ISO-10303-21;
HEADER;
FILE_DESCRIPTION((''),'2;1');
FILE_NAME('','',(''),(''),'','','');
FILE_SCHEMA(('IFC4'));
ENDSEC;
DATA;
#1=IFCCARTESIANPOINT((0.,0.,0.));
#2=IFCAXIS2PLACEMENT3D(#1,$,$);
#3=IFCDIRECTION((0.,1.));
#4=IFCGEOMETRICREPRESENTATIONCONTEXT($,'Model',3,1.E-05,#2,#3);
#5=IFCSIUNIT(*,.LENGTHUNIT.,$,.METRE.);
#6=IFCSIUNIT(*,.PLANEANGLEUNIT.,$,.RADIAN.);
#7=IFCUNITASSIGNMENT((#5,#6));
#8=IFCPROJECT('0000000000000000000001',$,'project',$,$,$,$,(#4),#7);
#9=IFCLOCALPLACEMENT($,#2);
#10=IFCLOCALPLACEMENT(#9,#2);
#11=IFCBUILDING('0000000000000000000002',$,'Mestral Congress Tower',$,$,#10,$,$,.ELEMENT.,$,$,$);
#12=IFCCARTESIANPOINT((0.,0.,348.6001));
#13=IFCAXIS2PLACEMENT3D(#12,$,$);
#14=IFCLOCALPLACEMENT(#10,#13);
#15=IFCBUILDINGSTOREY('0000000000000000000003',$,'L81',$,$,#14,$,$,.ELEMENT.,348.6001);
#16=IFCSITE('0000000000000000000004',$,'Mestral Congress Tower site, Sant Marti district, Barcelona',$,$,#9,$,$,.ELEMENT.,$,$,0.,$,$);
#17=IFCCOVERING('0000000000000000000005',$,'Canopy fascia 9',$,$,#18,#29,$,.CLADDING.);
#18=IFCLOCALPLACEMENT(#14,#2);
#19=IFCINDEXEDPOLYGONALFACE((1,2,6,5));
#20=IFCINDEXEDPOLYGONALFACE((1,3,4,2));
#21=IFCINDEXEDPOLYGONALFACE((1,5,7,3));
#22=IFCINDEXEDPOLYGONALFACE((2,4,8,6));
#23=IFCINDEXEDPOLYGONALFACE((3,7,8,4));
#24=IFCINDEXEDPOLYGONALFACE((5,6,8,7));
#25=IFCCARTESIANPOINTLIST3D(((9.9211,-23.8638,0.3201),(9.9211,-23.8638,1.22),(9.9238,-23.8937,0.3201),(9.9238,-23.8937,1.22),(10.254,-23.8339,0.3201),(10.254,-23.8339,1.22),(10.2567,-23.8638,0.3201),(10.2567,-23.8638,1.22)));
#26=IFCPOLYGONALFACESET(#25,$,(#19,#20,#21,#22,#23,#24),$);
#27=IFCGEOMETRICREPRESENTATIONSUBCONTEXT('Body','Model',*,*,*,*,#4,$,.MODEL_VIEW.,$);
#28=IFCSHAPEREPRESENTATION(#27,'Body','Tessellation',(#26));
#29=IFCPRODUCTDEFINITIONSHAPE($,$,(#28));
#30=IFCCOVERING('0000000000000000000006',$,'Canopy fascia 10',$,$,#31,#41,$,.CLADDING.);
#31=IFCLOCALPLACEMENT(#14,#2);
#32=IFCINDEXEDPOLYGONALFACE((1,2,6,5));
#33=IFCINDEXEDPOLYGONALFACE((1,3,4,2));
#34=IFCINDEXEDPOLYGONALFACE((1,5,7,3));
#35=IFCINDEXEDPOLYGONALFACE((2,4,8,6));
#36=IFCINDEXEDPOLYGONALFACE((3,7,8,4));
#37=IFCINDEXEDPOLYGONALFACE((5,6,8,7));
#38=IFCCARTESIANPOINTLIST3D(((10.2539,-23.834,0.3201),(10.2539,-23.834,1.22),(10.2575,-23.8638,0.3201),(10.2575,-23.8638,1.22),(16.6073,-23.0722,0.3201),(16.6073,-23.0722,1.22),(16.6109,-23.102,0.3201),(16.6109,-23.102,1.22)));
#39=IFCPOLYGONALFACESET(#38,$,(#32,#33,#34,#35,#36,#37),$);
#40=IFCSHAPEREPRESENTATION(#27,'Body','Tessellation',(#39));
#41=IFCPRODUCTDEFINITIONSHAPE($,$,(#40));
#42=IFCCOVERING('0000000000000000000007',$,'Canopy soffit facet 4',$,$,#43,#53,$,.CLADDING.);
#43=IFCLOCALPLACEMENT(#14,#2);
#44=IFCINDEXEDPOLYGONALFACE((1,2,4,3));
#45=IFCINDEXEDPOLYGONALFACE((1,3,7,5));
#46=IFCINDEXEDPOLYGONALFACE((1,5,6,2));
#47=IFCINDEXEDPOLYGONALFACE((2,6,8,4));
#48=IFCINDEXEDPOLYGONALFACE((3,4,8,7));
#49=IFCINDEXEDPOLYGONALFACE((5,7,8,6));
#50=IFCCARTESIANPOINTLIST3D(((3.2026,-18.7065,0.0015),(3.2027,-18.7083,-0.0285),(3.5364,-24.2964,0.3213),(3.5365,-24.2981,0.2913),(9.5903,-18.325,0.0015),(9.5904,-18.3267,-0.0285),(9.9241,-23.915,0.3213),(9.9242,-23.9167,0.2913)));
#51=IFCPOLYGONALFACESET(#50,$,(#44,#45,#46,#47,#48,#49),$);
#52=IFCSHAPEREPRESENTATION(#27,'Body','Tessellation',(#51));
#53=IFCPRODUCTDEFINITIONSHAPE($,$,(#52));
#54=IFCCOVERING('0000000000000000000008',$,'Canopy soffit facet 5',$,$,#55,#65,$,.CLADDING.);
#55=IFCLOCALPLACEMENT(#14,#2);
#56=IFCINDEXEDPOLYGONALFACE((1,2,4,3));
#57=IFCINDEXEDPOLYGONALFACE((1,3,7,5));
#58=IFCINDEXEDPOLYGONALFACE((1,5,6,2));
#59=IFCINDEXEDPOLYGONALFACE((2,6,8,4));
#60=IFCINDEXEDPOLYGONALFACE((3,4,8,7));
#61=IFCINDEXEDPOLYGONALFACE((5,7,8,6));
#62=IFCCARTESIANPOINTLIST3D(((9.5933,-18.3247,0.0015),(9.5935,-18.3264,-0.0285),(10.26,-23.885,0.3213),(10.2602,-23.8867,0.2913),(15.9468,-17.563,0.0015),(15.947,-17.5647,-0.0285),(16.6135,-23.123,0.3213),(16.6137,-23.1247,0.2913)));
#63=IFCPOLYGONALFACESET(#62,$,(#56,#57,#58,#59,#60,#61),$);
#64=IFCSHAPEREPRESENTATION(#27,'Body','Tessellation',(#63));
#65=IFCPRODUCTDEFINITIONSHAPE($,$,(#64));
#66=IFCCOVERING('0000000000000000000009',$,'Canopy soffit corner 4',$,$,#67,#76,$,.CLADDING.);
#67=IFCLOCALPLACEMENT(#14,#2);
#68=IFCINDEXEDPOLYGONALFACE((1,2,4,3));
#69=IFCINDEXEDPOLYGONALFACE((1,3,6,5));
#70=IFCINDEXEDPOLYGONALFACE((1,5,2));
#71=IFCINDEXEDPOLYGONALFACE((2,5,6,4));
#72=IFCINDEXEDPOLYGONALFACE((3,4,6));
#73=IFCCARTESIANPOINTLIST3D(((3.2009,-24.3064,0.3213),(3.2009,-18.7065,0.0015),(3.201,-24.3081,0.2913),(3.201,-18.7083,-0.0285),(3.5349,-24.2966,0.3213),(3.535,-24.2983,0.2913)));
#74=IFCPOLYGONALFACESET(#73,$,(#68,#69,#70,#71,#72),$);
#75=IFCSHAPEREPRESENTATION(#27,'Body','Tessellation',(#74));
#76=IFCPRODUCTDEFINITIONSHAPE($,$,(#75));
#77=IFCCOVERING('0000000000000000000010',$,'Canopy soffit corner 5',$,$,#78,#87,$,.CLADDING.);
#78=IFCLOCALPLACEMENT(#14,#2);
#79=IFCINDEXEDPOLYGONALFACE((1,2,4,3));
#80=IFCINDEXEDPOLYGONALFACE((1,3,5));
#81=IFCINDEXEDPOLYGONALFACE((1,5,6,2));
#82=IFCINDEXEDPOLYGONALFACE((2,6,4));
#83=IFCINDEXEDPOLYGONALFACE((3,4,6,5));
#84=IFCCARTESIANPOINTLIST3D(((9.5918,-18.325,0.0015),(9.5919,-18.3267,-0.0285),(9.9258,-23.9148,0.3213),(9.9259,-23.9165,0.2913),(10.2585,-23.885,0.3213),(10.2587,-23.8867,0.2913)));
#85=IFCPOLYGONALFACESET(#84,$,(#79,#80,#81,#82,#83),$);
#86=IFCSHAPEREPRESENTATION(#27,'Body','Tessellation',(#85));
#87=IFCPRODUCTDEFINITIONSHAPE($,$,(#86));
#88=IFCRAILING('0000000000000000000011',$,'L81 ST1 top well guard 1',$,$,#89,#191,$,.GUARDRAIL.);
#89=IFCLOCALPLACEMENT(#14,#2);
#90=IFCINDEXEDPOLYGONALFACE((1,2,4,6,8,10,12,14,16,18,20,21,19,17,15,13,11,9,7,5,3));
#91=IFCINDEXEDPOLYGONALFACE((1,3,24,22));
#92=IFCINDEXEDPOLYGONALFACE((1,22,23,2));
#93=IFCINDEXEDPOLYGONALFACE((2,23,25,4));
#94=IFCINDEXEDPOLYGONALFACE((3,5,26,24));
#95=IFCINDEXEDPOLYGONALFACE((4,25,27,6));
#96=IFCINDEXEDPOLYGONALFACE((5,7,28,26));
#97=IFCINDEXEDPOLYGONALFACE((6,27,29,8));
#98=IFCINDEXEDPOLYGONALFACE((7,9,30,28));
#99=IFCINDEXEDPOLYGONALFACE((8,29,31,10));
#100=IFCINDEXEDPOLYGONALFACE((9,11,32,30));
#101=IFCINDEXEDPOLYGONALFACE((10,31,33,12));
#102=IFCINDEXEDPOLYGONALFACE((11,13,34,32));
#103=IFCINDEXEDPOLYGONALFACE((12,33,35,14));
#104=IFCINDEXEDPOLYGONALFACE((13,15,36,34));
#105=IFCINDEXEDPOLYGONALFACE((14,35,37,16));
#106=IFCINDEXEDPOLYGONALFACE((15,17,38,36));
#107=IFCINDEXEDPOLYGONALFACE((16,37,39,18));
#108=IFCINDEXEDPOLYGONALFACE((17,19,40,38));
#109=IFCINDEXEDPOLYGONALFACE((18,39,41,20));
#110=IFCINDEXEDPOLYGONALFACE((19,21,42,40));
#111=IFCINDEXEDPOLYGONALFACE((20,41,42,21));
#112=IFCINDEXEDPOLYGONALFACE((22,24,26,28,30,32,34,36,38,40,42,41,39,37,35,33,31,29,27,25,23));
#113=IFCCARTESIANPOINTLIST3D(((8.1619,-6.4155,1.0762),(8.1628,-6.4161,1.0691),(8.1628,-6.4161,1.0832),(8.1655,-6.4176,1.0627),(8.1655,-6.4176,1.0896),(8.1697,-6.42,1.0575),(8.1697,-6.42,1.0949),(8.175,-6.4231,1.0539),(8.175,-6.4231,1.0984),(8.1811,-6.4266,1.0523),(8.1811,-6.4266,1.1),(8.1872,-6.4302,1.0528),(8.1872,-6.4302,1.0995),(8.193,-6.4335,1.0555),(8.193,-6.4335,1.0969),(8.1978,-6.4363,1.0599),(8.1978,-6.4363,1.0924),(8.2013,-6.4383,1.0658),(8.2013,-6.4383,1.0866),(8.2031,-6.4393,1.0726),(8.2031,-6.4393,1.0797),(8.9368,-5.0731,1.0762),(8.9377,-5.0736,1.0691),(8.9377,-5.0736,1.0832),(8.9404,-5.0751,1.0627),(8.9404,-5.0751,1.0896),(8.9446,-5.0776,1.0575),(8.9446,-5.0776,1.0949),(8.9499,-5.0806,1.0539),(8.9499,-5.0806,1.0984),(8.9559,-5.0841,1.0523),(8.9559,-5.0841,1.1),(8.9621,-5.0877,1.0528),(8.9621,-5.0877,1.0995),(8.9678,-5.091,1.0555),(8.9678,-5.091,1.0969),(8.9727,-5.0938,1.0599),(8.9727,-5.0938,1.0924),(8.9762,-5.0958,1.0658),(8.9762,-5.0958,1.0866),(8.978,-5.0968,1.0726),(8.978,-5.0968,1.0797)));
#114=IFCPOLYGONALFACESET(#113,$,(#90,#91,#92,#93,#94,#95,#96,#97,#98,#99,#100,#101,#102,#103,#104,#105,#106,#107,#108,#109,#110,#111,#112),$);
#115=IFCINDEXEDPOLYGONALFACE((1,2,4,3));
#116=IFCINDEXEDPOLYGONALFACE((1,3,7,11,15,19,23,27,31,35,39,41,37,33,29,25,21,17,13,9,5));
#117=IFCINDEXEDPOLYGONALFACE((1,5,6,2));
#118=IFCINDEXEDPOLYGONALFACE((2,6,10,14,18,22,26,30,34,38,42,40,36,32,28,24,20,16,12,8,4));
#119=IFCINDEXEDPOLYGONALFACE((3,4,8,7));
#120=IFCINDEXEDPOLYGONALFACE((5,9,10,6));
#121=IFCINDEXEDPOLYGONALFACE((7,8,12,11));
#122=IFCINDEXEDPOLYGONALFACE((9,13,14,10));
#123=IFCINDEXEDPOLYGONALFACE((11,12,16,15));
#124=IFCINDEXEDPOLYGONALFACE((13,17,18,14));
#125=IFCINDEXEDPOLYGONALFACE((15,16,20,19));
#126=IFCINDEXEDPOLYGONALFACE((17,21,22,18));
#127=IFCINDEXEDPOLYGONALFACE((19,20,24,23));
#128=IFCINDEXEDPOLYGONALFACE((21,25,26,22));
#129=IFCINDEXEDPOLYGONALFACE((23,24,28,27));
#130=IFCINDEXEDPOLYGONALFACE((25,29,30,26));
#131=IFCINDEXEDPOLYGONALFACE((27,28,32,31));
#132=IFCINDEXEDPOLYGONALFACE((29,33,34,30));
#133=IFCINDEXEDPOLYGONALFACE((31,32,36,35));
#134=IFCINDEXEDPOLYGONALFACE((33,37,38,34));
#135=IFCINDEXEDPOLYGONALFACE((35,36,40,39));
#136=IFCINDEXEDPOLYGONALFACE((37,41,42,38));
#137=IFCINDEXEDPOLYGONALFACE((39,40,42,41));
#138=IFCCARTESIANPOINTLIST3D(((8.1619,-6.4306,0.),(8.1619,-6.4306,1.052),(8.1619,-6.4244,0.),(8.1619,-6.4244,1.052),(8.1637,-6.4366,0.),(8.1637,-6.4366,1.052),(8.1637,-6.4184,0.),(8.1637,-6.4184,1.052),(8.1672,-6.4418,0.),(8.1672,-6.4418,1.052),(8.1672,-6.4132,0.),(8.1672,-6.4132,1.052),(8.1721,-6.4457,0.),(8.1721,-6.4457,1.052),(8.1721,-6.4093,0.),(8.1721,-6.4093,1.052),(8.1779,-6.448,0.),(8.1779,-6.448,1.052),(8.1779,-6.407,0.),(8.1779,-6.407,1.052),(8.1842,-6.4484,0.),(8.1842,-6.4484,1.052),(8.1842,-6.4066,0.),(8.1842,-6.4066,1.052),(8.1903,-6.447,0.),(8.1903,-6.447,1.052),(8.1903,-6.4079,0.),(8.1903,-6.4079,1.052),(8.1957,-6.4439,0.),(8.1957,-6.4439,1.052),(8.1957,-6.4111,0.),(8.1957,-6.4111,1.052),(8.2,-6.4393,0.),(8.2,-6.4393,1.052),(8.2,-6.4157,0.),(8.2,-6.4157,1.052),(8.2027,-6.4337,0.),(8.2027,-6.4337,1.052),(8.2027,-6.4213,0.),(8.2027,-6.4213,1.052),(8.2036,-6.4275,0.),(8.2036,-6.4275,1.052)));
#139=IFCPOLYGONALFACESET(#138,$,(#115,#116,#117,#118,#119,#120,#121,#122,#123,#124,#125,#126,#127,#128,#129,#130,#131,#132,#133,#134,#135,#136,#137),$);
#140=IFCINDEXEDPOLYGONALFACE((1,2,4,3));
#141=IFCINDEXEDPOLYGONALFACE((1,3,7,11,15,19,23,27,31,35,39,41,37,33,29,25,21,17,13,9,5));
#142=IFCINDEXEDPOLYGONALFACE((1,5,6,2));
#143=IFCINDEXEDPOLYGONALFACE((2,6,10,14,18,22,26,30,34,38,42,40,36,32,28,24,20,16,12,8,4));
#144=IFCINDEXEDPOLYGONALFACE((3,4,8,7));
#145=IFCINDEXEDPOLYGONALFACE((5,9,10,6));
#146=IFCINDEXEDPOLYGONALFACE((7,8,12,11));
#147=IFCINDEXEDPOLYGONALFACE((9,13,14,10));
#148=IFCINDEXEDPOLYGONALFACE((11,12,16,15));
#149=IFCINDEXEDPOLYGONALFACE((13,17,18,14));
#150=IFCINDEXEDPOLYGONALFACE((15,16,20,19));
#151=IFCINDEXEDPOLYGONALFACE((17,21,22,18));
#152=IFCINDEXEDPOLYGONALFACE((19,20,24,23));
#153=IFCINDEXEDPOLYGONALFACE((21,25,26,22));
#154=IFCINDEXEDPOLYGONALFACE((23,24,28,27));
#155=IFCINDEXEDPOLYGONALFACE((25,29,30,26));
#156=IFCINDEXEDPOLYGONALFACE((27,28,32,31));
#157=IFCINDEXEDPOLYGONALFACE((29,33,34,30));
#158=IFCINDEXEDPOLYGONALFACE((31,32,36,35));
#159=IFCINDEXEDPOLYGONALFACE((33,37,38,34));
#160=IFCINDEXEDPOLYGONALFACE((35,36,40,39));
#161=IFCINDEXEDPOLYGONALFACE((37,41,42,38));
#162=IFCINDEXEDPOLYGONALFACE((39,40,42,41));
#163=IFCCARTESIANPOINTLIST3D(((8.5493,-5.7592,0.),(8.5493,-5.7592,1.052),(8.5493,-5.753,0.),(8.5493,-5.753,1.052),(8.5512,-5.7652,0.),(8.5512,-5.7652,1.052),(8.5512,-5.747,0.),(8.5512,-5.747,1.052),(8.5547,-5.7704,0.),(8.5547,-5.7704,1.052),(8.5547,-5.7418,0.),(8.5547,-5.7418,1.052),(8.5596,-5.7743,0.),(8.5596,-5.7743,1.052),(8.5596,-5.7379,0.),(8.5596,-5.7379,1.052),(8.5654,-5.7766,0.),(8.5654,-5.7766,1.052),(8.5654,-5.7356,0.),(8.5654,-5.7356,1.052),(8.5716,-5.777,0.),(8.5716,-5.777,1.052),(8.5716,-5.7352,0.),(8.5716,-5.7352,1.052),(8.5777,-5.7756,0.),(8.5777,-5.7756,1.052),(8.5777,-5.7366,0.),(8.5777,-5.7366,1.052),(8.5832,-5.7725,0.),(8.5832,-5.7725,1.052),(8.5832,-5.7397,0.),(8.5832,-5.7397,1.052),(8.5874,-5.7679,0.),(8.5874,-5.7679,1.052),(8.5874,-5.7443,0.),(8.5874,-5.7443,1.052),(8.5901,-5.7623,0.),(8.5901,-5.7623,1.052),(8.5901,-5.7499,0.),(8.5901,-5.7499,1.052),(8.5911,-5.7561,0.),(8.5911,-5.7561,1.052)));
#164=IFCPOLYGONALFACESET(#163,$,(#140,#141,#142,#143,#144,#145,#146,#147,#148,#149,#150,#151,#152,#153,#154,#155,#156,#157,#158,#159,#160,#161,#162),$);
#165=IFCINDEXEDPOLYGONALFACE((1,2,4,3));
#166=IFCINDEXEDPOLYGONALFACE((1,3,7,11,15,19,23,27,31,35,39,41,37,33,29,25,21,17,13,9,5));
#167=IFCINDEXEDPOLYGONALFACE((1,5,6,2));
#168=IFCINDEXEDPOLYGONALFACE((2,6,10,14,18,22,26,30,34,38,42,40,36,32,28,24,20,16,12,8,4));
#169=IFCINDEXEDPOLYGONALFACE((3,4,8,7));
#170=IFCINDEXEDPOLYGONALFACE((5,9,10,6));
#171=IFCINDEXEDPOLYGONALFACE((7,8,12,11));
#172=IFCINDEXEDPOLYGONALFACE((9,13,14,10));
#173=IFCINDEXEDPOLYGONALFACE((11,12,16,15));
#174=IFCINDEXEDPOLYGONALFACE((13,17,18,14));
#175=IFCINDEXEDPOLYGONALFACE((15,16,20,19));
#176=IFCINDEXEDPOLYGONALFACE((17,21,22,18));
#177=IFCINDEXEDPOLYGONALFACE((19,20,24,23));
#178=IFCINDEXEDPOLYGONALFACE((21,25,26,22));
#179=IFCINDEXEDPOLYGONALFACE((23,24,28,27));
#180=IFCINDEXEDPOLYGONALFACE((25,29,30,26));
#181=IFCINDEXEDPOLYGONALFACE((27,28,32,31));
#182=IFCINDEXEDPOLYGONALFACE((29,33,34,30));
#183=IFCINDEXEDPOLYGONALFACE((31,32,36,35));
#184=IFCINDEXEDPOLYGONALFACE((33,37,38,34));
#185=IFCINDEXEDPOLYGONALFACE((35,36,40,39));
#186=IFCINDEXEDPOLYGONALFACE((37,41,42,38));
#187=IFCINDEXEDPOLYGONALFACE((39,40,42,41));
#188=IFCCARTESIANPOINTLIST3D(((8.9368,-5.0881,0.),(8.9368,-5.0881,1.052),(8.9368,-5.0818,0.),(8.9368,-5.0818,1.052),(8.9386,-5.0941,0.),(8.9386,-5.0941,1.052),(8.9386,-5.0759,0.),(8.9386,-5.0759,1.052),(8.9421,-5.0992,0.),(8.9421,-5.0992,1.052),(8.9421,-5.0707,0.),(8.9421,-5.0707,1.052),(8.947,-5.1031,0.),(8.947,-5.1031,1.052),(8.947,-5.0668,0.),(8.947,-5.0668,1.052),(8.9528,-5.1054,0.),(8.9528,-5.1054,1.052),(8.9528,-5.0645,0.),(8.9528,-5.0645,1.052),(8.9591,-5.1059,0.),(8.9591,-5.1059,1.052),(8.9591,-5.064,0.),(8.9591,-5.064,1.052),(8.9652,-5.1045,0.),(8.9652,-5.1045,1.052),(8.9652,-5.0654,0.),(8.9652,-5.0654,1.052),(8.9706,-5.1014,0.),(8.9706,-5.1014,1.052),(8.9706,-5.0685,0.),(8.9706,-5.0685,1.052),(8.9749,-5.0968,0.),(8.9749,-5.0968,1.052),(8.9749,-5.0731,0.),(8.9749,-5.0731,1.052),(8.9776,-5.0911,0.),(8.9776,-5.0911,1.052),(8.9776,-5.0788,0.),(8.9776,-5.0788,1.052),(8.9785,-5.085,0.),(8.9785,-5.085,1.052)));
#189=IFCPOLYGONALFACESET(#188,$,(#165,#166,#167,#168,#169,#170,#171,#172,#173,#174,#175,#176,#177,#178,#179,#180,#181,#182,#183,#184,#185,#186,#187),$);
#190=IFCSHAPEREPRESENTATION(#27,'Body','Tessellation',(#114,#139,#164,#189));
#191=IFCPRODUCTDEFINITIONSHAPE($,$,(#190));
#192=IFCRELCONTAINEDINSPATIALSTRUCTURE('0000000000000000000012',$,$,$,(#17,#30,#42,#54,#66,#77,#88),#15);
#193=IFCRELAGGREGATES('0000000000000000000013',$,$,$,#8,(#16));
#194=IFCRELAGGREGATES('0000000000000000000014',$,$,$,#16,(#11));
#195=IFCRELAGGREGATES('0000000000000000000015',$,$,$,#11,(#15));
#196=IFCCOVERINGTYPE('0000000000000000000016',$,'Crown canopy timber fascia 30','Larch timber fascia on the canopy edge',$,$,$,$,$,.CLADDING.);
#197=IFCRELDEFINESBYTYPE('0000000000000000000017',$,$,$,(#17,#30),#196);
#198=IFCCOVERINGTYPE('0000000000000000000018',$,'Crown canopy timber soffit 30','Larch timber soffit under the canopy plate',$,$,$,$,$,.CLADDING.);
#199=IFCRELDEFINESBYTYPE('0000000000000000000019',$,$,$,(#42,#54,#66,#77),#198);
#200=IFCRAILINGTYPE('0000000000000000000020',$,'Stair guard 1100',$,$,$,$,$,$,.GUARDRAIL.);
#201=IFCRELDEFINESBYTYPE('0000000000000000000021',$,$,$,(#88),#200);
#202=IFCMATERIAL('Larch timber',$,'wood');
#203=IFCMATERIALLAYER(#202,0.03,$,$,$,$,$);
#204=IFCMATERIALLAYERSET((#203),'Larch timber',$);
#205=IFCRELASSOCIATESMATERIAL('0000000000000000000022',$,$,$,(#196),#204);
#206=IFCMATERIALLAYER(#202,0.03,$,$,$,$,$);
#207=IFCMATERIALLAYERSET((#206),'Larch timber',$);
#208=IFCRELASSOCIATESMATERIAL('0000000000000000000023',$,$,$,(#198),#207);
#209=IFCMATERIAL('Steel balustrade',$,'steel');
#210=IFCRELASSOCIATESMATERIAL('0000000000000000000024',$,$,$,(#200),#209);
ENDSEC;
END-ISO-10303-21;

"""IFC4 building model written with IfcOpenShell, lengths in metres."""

from ifc_helpers import new_model, si_unit, direction, frame, origin, origin_2d, place, context, subcontext, project, spatial, polyline, rectangle, circle, outline, extrude, material, layer, layer_set, type_object, element, save


model = new_model("IFC4")

# Units and contexts
model_context = context("Model", 3, precision=1e-05, world=origin(), true_north=direction((0.0, 1.0)))
body_context = subcontext(model_context, "Body", "Model", "MODEL_VIEW")
ifc_project = project(units=[si_unit("LENGTHUNIT", "METRE"), si_unit("PLANEANGLEUNIT", "RADIAN")], contexts=[model_context])

# Site, building, storey
site_placement = place(None, origin())
site = spatial("IfcSite", under=ifc_project, at=site_placement, Name="Mestral Congress Tower site, Sant Marti district, Barcelona", CompositionType="ELEMENT", RefElevation=0.0)
building_placement = place(site_placement, origin())
building = spatial("IfcBuilding", under=site, at=building_placement, Name="Mestral Congress Tower", CompositionType="ELEMENT")
storey_placement = place(building_placement, frame((0.0, 0.0, 348.6001)))
storey = spatial("IfcBuildingStorey", under=building, at=storey_placement, Name="L81", CompositionType="ELEMENT", Elevation=348.6001)

# Coverings
ifc_material_1 = material(Name="Larch timber", Category="wood")
ifc_layer_1 = layer(ifc_material_1, 0.03)
ifc_layer_set_1 = layer_set([ifc_layer_1], Name="Larch timber")
covering_type_1 = type_object("IfcCoveringType", Name="Crown canopy timber fascia 30", Description="Larch timber fascia on the canopy edge", PredefinedType="CLADDING", material=ifc_layer_set_1)
covering_1_placement = place(storey_placement, frame((10.0889, -23.8638, 0.3201), z_axis=(0.0, 0.0, 1.0), x_axis=(0.995998, 0.089374, 0.0)))
element("IfcCovering", 1, at=covering_1_placement, inside=storey, type_object=covering_type_1, Name="Canopy fascia 9", PredefinedType="CLADDING", context=body_context, shape_type="SweptSolid", body=[
    extrude(rectangle(XDim=0.3342, YDim=0.03, at=origin_2d()), origin(), (0.0, 0.0, 1.0), 0.8999),
])
covering_2_placement = place(storey_placement, frame((13.4324, -23.468, 0.3201), z_axis=(0.0, 0.0, 1.0), x_axis=(0.992888, 0.11905, 0.0)))
element("IfcCovering", 2, at=covering_2_placement, inside=storey, type_object=covering_type_1, Name="Canopy fascia 10", PredefinedType="CLADDING", context=body_context, shape_type="SweptSolid", body=[
    extrude(rectangle(XDim=6.3989, YDim=0.03, at=origin_2d()), origin(), (0.0, 0.0, 1.0), 0.8999),
])
ifc_layer_2 = layer(ifc_material_1, 0.03)
ifc_layer_set_2 = layer_set([ifc_layer_2], Name="Larch timber")
covering_type_2 = type_object("IfcCoveringType", Name="Crown canopy timber soffit 30", Description="Larch timber soffit under the canopy plate", PredefinedType="CLADDING", material=ifc_layer_set_2)
covering_3_placement = place(storey_placement, frame((3.2026, -18.7065, 0.0015), z_axis=(-0.003399, 0.056918, 0.998373), x_axis=(0.99822, 0.059632, -0.000001)))
element("IfcCovering", 3, at=covering_3_placement, inside=storey, type_object=covering_type_2, Name="Canopy soffit facet 4", PredefinedType="CLADDING", context=body_context, shape_type="SweptSolid", body=[
    extrude(outline(polyline([(0.0, 0.0), (6.3991, 0.0), (6.3989, -5.6092), (-0.0002, -5.6089), (0.0, 0.0)])), origin(), (0.0, 0.0, -1.0), 0.03),
])
covering_4_placement = place(storey_placement, frame((9.5933, -18.3247, 0.0015), z_axis=(-0.006788, 0.056613, 0.998373), x_axis=(0.99289, 0.119037, 0.000001)))
element("IfcCovering", 4, at=covering_4_placement, inside=storey, type_object=covering_type_2, Name="Canopy soffit facet 5", PredefinedType="CLADDING", context=body_context, shape_type="SweptSolid", body=[
    extrude(outline(polyline([(0.0, 0.0), (6.399, 0.0), (6.3992, -5.609), (0.0001, -5.6093), (0.0, 0.0)])), origin(), (0.0, 0.0, -1.0), 0.03),
])
covering_5_placement = place(storey_placement, frame((3.2009, -18.7065, 0.0015), z_axis=(-0.001667, 0.05702, 0.998372), x_axis=(0.0, -0.998373, 0.05702)))
element("IfcCovering", 5, at=covering_5_placement, inside=storey, type_object=covering_type_2, Name="Canopy soffit corner 4", PredefinedType="CLADDING", context=body_context, shape_type="SweptSolid", body=[
    extrude(outline(polyline([(0.0, 0.0), (5.609, 0.0), (5.5992, 0.334), (0.0, 0.0)])), origin(), (0.0, 0.0, -1.0), 0.03),
])
covering_6_placement = place(storey_placement, frame((9.5918, -18.325, 0.0015), z_axis=(-0.005086, 0.056818, 0.998372), x_axis=(0.059545, -0.996596, 0.05702)))
element("IfcCovering", 6, at=covering_6_placement, inside=storey, type_object=covering_type_2, Name="Canopy soffit corner 5", PredefinedType="CLADDING", context=body_context, shape_type="SweptSolid", body=[
    extrude(outline(polyline([(0.0, 0.0), (5.6089, 0.0), (5.5991, 0.3339), (0.0, 0.0)])), origin(), (0.0, 0.0, -1.0), 0.03),
])

# Railing
ifc_material_2 = material(Name="Steel balustrade", Category="steel")
railing_type = type_object("IfcRailingType", Name="Stair guard 1100", PredefinedType="GUARDRAIL", material=ifc_material_2)
railing_placement = place(storey_placement, frame((8.1826, -6.4275, 0.0)))
element("IfcRailing", 7, at=railing_placement, inside=storey, type_object=railing_type, Name="L81 ST1 top well guard 1", PredefinedType="GUARDRAIL", context=body_context, shape_type="SweptSolid", body=[
    extrude(circle(Radius=0.0239, at=origin_2d()), frame((0.0, 0.0, 1.0762), z_axis=(0.4999, 0.866083, 0.0), x_axis=(-0.866083, 0.4999, 0.0)), (0.0, 0.0, 1.0), 1.55),
    extrude(circle(Radius=0.021, at=origin_2d()), origin(), (0.0, 0.0, 1.0), 1.052),
    extrude(circle(Radius=0.021, at=origin_2d()), frame((0.3875, 0.6714, 0.0)), (0.0, 0.0, 1.0), 1.052),
    extrude(circle(Radius=0.021, at=origin_2d()), frame((0.7749, 1.3425, 0.0)), (0.0, 0.0, 1.0), 1.052),
])

save(model, "model.ifc")
